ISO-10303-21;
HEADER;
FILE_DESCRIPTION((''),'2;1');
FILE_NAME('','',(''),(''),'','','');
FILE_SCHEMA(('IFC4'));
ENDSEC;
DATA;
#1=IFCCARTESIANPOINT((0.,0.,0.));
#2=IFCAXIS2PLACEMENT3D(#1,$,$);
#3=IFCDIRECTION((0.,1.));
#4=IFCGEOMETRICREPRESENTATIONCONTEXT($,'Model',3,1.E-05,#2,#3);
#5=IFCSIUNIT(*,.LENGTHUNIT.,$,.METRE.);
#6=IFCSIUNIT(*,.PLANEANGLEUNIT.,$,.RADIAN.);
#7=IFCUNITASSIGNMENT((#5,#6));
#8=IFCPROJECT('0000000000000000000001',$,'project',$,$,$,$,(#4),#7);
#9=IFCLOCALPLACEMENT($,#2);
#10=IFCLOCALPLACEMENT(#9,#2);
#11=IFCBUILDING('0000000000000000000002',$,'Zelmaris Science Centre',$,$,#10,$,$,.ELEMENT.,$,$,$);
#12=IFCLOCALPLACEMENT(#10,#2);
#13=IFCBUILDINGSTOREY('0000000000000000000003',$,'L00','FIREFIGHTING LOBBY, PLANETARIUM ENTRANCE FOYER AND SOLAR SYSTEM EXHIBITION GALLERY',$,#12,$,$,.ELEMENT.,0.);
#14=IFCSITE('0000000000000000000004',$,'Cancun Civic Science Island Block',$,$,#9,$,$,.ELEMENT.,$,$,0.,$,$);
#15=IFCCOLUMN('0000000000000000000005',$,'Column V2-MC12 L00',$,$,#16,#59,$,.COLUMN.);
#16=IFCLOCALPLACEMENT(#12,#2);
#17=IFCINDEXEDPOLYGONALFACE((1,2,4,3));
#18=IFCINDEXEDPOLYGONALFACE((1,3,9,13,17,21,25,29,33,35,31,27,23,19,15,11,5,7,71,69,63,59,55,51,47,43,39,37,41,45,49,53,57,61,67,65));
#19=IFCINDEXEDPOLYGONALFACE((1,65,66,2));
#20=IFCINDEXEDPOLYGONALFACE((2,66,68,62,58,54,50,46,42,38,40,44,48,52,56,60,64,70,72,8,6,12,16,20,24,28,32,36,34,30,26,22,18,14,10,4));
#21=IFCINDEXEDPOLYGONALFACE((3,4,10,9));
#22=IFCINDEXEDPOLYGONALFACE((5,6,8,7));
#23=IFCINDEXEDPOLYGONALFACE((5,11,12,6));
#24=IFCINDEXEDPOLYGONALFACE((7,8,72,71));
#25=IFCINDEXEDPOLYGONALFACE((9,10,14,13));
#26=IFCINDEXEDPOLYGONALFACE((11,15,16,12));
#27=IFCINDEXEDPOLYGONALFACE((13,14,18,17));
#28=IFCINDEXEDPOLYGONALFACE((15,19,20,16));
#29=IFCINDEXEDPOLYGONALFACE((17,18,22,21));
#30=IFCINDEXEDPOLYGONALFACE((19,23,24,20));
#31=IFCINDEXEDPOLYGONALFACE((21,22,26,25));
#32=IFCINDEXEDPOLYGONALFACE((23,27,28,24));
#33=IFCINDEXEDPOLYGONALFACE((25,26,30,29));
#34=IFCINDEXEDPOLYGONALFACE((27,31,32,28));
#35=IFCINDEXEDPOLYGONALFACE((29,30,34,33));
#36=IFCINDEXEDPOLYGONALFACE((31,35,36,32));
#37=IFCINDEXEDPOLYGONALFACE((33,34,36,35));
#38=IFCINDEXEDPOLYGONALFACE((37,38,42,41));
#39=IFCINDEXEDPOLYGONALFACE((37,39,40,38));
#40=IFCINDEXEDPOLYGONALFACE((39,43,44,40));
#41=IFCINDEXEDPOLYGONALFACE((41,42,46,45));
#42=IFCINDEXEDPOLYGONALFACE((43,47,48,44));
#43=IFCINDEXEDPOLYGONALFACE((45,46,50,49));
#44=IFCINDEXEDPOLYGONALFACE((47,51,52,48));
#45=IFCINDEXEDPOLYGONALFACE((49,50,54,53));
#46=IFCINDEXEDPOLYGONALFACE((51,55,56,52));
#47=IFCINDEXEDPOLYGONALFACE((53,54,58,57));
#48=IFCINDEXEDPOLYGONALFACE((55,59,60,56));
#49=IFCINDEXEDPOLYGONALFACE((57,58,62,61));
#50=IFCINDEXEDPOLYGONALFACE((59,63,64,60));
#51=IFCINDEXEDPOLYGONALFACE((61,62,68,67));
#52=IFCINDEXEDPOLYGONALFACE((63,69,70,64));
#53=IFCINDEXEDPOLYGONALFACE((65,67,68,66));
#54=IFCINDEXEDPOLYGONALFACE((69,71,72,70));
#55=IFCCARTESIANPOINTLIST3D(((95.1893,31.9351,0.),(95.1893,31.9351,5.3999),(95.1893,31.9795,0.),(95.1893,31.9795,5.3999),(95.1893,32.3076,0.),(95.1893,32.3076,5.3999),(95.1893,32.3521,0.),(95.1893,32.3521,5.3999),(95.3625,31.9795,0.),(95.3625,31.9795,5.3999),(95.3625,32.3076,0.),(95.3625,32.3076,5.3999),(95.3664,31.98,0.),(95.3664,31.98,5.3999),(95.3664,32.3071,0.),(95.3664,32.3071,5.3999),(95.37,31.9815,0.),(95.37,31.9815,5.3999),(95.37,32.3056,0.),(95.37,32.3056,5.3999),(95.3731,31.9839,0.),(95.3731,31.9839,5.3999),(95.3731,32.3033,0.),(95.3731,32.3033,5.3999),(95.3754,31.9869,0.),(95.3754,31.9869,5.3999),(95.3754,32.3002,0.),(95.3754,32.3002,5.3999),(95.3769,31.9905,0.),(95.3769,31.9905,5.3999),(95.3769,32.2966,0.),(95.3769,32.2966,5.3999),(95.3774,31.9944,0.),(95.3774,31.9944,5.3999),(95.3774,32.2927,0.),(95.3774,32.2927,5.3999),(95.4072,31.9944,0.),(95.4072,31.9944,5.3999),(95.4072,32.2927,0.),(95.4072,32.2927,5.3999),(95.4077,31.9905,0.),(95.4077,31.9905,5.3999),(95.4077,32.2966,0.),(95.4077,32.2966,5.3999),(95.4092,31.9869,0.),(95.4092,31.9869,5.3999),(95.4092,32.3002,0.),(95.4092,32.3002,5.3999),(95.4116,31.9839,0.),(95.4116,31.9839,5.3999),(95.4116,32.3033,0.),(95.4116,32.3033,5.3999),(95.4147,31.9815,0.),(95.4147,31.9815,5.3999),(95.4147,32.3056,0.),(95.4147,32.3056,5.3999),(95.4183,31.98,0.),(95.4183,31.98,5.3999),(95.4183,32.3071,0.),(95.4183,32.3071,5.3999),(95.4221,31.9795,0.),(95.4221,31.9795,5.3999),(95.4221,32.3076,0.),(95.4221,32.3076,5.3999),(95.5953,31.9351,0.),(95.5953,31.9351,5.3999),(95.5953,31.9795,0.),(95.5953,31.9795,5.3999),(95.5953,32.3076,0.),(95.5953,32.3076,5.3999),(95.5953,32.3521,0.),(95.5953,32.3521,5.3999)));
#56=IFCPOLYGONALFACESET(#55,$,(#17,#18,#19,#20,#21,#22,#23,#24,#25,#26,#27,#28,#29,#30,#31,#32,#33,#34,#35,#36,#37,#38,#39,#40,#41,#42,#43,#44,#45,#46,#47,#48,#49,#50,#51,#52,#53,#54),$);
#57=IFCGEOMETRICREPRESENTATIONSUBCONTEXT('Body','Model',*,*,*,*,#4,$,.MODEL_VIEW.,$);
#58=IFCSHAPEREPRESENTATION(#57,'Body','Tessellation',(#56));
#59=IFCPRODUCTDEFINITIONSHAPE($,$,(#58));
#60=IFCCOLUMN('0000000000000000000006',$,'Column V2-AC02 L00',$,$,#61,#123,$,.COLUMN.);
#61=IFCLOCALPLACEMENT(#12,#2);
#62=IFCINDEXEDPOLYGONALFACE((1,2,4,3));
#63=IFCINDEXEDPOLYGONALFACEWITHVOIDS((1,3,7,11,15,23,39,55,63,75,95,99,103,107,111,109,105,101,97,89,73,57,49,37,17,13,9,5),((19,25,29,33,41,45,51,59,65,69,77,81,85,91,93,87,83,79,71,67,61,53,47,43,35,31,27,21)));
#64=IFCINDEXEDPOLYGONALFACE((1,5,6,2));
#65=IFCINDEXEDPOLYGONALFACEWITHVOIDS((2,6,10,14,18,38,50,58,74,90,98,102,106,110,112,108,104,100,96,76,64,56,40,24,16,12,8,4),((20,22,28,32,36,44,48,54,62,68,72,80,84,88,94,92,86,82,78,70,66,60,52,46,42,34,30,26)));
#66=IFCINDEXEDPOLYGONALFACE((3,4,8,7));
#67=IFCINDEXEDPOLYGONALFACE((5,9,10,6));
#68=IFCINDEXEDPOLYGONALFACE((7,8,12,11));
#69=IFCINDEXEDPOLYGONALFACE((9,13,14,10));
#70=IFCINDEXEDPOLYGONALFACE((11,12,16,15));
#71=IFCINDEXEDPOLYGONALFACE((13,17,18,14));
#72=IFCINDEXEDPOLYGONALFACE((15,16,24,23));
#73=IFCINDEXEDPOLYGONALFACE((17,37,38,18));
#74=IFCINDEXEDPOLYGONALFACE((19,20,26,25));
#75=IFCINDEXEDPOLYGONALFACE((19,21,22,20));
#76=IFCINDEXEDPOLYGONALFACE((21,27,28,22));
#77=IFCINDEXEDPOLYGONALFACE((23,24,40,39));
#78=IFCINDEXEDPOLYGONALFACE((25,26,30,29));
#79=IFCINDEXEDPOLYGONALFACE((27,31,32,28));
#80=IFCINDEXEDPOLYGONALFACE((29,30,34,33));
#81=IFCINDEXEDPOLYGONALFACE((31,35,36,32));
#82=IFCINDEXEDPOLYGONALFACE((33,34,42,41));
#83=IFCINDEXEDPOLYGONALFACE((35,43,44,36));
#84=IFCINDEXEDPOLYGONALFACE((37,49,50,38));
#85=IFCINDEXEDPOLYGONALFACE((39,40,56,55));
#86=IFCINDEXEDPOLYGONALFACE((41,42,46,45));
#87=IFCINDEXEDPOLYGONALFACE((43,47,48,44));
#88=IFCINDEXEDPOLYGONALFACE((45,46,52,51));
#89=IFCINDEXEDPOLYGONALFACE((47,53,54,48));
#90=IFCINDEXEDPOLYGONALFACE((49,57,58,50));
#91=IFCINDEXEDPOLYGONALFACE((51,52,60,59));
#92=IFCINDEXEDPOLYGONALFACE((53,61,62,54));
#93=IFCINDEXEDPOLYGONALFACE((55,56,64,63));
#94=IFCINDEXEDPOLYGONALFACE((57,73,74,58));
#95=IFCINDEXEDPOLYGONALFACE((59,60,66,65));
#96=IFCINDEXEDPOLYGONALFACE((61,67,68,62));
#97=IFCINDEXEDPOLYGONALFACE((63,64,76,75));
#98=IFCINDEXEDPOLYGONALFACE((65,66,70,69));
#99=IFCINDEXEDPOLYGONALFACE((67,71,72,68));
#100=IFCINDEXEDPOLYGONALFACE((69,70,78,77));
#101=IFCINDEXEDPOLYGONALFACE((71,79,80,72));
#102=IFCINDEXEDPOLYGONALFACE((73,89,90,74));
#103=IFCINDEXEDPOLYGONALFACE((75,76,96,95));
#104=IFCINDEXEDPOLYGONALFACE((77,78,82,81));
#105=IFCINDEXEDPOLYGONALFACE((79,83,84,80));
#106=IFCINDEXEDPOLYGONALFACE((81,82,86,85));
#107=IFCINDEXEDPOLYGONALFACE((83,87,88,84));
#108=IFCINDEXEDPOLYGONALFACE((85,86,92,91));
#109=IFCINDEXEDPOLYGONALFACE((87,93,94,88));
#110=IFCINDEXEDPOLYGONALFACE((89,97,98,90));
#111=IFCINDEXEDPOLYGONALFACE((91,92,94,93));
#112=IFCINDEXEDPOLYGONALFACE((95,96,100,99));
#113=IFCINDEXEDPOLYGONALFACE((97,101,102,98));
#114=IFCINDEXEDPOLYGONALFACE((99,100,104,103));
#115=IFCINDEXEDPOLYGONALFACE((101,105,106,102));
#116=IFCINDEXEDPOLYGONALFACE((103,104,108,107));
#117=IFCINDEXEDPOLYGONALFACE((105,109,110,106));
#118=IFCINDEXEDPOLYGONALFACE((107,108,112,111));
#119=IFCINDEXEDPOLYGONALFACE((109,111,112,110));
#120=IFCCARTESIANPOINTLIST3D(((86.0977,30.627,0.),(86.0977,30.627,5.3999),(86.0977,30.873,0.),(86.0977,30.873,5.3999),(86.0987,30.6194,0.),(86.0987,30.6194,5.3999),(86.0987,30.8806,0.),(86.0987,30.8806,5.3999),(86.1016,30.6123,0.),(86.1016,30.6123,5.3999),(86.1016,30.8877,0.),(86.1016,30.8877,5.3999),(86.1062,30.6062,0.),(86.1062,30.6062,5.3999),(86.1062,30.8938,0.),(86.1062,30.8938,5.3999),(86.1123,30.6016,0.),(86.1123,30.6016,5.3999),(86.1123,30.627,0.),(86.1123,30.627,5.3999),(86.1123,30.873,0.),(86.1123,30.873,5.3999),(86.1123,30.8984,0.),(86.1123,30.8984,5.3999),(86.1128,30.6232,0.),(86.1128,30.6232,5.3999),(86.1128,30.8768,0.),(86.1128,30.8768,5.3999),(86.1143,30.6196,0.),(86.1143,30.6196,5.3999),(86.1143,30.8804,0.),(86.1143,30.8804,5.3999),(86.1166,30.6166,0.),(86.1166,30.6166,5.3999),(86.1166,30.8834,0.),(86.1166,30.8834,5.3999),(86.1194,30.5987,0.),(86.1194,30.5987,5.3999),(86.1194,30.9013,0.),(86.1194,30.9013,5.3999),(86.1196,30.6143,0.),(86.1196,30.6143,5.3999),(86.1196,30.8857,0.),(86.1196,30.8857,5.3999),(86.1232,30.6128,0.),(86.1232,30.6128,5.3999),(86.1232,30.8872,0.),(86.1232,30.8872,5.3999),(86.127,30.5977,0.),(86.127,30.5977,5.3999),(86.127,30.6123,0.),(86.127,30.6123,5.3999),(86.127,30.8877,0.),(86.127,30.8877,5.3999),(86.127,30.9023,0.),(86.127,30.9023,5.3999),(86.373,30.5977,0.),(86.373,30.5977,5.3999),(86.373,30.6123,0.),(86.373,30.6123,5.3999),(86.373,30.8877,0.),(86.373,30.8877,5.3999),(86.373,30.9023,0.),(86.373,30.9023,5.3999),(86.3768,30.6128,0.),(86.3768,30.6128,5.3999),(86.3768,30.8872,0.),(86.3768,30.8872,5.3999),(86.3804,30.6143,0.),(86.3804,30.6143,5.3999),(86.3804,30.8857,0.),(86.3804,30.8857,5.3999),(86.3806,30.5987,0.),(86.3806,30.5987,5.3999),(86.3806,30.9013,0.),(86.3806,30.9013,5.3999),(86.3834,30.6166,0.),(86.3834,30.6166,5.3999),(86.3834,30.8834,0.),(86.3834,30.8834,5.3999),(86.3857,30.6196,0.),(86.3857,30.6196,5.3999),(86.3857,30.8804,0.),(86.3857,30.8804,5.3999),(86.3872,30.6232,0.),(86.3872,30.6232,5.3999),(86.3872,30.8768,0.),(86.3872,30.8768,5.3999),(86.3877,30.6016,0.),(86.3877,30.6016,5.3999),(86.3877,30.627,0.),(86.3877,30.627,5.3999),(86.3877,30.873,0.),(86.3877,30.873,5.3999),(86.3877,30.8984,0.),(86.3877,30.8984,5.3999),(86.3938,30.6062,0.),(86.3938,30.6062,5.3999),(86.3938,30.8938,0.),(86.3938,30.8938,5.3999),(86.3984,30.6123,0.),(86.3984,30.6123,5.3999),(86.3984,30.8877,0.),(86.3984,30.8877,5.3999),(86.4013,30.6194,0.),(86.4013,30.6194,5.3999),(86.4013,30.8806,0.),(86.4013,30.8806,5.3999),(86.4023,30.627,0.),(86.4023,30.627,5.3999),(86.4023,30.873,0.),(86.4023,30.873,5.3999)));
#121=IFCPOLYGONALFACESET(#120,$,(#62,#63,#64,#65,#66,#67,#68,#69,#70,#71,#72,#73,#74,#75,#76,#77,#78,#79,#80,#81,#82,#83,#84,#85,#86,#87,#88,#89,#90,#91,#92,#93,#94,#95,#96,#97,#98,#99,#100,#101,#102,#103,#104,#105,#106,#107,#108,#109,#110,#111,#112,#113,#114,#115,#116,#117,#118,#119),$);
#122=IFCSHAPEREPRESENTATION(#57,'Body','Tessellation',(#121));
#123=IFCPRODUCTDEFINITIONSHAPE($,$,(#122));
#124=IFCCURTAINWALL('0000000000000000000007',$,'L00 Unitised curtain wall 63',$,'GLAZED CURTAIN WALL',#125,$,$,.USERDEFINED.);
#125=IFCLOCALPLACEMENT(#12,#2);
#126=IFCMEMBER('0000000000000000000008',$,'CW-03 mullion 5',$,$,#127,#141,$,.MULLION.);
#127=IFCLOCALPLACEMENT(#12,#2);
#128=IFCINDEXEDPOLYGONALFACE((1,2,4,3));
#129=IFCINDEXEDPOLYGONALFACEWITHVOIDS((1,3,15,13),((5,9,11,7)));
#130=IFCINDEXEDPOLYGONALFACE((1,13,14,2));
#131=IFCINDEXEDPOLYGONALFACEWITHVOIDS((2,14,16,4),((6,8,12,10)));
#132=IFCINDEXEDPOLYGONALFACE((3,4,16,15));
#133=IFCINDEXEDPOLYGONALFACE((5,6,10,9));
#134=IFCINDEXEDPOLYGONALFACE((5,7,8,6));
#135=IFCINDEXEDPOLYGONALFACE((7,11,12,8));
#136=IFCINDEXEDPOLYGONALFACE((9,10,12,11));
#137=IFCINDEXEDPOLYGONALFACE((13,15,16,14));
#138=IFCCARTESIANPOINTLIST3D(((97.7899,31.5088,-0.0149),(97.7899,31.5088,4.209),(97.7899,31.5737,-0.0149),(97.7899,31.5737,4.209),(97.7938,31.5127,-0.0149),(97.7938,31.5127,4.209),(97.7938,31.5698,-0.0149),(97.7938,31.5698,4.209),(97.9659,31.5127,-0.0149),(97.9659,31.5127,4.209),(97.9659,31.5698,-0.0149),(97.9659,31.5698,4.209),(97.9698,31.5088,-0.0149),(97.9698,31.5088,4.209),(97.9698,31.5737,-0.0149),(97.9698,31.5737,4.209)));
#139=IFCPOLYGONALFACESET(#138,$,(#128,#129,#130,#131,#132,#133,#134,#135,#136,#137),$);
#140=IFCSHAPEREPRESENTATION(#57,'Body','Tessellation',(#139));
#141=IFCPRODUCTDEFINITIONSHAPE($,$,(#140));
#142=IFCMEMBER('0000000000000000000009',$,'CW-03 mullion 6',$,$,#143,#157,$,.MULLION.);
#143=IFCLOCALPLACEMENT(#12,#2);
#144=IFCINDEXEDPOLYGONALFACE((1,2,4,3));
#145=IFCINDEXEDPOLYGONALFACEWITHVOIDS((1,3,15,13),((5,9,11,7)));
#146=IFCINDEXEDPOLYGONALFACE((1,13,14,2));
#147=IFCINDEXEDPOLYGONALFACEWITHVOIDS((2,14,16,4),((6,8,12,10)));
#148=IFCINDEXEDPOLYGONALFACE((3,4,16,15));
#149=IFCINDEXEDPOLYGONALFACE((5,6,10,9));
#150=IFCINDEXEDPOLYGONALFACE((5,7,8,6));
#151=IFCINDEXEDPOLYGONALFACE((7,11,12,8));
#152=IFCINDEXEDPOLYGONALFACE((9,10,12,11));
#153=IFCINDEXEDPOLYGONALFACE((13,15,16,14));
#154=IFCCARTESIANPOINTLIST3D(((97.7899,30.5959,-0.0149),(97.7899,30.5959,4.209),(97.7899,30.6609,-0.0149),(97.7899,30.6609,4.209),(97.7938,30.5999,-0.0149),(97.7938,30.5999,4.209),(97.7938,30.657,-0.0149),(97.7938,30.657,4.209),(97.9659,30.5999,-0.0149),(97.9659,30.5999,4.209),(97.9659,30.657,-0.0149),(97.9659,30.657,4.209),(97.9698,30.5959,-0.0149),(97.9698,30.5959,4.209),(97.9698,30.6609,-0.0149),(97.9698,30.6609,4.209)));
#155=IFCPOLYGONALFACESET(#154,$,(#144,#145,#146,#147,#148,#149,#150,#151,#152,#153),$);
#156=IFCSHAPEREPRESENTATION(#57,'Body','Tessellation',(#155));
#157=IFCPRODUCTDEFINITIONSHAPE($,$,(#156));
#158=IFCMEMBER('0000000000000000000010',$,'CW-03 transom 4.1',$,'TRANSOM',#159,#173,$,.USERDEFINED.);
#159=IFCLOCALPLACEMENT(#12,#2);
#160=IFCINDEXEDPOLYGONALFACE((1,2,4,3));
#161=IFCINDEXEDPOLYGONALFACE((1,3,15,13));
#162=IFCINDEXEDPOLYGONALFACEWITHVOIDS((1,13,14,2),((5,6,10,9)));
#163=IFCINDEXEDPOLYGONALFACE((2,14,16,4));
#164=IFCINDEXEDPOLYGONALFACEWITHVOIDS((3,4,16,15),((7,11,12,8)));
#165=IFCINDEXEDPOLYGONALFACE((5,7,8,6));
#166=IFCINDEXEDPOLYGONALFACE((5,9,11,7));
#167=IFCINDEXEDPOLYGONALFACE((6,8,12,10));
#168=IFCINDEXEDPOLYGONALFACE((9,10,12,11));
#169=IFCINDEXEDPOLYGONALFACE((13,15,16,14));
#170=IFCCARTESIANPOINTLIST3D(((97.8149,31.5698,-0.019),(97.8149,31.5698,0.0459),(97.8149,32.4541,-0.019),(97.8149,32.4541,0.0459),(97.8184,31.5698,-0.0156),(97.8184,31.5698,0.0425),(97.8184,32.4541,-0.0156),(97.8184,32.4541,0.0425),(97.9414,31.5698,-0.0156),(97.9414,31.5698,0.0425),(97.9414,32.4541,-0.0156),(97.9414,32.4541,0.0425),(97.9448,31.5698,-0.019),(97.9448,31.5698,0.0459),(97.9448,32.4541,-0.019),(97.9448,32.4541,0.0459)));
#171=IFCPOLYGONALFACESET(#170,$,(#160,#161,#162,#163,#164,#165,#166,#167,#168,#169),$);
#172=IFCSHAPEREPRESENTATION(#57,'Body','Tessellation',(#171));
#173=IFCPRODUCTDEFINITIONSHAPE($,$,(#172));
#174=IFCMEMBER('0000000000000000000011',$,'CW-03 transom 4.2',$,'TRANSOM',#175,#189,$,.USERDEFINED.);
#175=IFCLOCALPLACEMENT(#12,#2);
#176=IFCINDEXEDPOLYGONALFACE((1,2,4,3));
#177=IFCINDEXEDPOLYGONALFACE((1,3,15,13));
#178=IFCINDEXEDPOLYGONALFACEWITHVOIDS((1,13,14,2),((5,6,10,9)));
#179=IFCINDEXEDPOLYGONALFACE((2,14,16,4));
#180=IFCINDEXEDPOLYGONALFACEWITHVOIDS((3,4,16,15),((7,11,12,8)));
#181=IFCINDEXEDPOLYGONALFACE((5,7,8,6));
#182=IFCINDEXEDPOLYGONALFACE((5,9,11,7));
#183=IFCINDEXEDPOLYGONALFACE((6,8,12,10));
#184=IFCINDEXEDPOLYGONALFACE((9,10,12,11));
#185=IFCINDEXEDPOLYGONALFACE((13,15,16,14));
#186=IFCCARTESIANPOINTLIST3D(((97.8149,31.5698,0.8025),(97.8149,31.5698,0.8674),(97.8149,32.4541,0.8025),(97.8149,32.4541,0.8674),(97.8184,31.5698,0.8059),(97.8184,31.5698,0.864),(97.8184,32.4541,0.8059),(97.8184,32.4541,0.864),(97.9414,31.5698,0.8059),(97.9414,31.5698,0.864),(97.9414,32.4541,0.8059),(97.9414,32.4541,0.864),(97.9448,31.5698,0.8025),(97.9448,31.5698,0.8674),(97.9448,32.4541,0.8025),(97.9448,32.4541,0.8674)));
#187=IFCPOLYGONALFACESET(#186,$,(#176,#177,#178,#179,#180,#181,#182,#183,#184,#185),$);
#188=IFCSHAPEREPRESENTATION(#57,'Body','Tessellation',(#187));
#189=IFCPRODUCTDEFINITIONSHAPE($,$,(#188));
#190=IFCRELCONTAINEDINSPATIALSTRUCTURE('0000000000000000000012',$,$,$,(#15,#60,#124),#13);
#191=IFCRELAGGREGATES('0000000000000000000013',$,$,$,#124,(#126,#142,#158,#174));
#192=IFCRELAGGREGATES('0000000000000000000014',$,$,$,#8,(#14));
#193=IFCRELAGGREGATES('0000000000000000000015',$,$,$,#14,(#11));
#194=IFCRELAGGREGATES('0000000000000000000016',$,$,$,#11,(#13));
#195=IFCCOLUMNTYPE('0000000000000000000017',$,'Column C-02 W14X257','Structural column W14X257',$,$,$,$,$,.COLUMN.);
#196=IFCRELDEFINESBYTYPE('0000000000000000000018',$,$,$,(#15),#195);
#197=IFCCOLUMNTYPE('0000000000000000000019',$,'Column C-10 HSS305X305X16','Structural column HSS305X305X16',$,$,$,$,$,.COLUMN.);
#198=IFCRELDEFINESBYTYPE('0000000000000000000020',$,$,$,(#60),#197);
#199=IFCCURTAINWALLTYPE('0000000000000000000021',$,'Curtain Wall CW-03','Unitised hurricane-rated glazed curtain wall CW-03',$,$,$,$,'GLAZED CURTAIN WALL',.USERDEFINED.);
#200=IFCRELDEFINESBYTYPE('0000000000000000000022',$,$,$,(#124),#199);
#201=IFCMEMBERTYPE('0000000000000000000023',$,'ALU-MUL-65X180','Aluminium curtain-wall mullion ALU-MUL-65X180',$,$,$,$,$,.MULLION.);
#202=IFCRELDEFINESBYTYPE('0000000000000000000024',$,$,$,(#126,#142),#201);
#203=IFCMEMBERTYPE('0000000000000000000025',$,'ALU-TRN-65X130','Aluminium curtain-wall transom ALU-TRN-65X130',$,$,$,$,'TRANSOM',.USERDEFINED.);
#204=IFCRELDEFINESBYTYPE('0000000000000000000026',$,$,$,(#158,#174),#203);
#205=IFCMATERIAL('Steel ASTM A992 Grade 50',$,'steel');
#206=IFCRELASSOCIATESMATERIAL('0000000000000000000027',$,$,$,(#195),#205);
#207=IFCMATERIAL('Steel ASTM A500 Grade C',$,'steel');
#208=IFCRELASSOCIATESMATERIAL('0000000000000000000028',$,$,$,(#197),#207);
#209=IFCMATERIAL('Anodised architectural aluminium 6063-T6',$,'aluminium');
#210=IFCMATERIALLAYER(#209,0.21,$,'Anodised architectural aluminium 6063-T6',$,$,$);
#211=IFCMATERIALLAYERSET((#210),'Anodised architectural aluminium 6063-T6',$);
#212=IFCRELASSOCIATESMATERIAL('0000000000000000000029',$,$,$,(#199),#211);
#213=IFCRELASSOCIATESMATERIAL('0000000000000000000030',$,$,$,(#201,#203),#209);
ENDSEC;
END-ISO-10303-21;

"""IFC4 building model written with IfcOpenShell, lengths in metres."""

from ifc_helpers import new_model, si_unit, direction, frame, origin, origin_2d, place, context, subcontext, project, spatial, hollow_rectangle, i_section, extrude, material, layer, layer_set, material_profile, profile_set, type_object, element, aggregate, save


model = new_model("IFC4")

# Units and contexts
model_context = context("Model", 3, precision=1e-05, world=origin(), true_north=direction((0.0, 1.0)))
body_context = subcontext(model_context, "Body", "Model", "MODEL_VIEW")
ifc_project = project(units=[si_unit("LENGTHUNIT", "METRE"), si_unit("PLANEANGLEUNIT", "RADIAN")], contexts=[model_context])

# Site, building, storey
site_placement = place(None, origin())
site = spatial("IfcSite", under=ifc_project, at=site_placement, Name="Cancun Civic Science Island Block", CompositionType="ELEMENT", RefElevation=0.0)
building_placement = place(site_placement, origin())
building = spatial("IfcBuilding", under=site, at=building_placement, Name="Zelmaris Science Centre", CompositionType="ELEMENT")
storey_placement = place(building_placement, origin())
storey = spatial("IfcBuildingStorey", under=building, at=storey_placement, Name="L00", Description="FIREFIGHTING LOBBY, PLANETARIUM ENTRANCE FOYER AND SOLAR SYSTEM EXHIBITION GALLERY", CompositionType="ELEMENT", Elevation=0.0)

# Columns
ifc_material_1 = material(Name="Steel ASTM A992 Grade 50", Category="steel")
ifc_material_profile_1 = material_profile(ifc_material_1, i_section(OverallWidth=0.406, OverallDepth=0.417, WebThickness=0.0298, FlangeThickness=0.0444, FilletRadius=0.0149, at=origin_2d()), Name="W14X257")
ifc_profile_set_1 = profile_set([ifc_material_profile_1], Name="Steel ASTM A992 Grade 50")
column_type_1 = type_object("IfcColumnType", Name="Column C-02 W14X257", Description="Structural column W14X257", PredefinedType="COLUMN", material=ifc_profile_set_1)
column_1_placement = place(storey_placement, frame((95.3923, 32.1436, 0.0), z_axis=(0.0, 0.0, 1.0), x_axis=(1.0, 0.0, 0.0)))
element("IfcColumn", 1, at=column_1_placement, inside=storey, type_object=column_type_1, Name="Column V2-MC12 L00", PredefinedType="COLUMN", context=body_context, shape_type="SweptSolid", body=[
    extrude(i_section(OverallWidth=0.406, OverallDepth=0.417, WebThickness=0.0298, FlangeThickness=0.0444, FilletRadius=0.0149, at=origin_2d()), origin(), (0.0, 0.0, 1.0), 5.3999),
])
ifc_material_2 = material(Name="Steel ASTM A500 Grade C", Category="steel")
ifc_material_profile_2 = material_profile(ifc_material_2, hollow_rectangle(XDim=0.3047, YDim=0.3047, WallThickness=0.0146, InnerFilletRadius=0.0146, OuterFilletRadius=0.0293, at=origin_2d()), Name="HSS305X305X16")
ifc_profile_set_2 = profile_set([ifc_material_profile_2], Name="Steel ASTM A500 Grade C")
column_type_2 = type_object("IfcColumnType", Name="Column C-10 HSS305X305X16", Description="Structural column HSS305X305X16", PredefinedType="COLUMN", material=ifc_profile_set_2)
column_2_placement = place(storey_placement, frame((86.25, 30.75, 0.0), z_axis=(0.0, 0.0, 1.0), x_axis=(1.0, 0.0, 0.0)))
element("IfcColumn", 2, at=column_2_placement, inside=storey, type_object=column_type_2, Name="Column V2-AC02 L00", PredefinedType="COLUMN", context=body_context, shape_type="SweptSolid", body=[
    extrude(hollow_rectangle(XDim=0.3047, YDim=0.3047, WallThickness=0.0146, InnerFilletRadius=0.0146, OuterFilletRadius=0.0293, at=origin_2d()), origin(), (0.0, 0.0, 1.0), 5.3999),
])

# Curtain wall, members
ifc_material_3 = material(Name="Anodised architectural aluminium 6063-T6", Category="aluminium")
ifc_layer_1 = layer(ifc_material_3, 0.21, Name="Anodised architectural aluminium 6063-T6")
ifc_layer_set_1 = layer_set([ifc_layer_1], Name="Anodised architectural aluminium 6063-T6")
curtain_wall_type = type_object("IfcCurtainWallType", Name="Curtain Wall CW-03", Description="Unitised hurricane-rated glazed curtain wall CW-03", ElementType="GLAZED CURTAIN WALL", PredefinedType="USERDEFINED", material=ifc_layer_set_1)
curtain_wall_placement = place(storey_placement, origin())
curtain_wall = element("IfcCurtainWall", 3, at=curtain_wall_placement, inside=storey, type_object=curtain_wall_type, Name="L00 Unitised curtain wall 63", ObjectType="GLAZED CURTAIN WALL", PredefinedType="USERDEFINED")
ifc_material_profile_3 = material_profile(ifc_material_3, hollow_rectangle(XDim=0.0649, YDim=0.1799, WallThickness=0.0039, at=origin_2d()), Name="ALU-MUL-65X180")
ifc_profile_set_3 = profile_set([ifc_material_profile_3], Name="Anodised architectural aluminium 6063-T6")
member_type_1 = type_object("IfcMemberType", Name="ALU-MUL-65X180", Description="Aluminium curtain-wall mullion ALU-MUL-65X180", PredefinedType="MULLION", material=ifc_profile_set_3)
member_1_placement = place(storey_placement, frame((97.8799, 31.5413, -0.0149), z_axis=(0.0, 0.0, 1.0), x_axis=(0.000005, -1.0, 0.0)))
member_1 = element("IfcMember", 4, at=member_1_placement, type_object=member_type_1, Name="CW-03 mullion 5", PredefinedType="MULLION", context=body_context, shape_type="SweptSolid", body=[
    extrude(hollow_rectangle(XDim=0.0649, YDim=0.1799, WallThickness=0.0039, at=origin_2d()), origin(), (0.0, 0.0, 1.0), 4.2239),
])
member_2_placement = place(storey_placement, frame((97.8799, 30.6284, -0.0149), z_axis=(0.0, 0.0, 1.0), x_axis=(0.000005, -1.0, 0.0)))
member_2 = element("IfcMember", 5, at=member_2_placement, type_object=member_type_1, Name="CW-03 mullion 6", PredefinedType="MULLION", context=body_context, shape_type="SweptSolid", body=[
    extrude(hollow_rectangle(XDim=0.0649, YDim=0.1799, WallThickness=0.0039, at=origin_2d()), origin(), (0.0, 0.0, 1.0), 4.2239),
])
ifc_material_profile_4 = material_profile(ifc_material_3, hollow_rectangle(XDim=0.0649, YDim=0.1299, WallThickness=0.0034, at=origin_2d()), Name="ALU-TRN-65X130")
ifc_profile_set_4 = profile_set([ifc_material_profile_4], Name="Anodised architectural aluminium 6063-T6")
member_type_2 = type_object("IfcMemberType", Name="ALU-TRN-65X130", Description="Aluminium curtain-wall transom ALU-TRN-65X130", ElementType="TRANSOM", PredefinedType="USERDEFINED", material=ifc_profile_set_4)
member_3_placement = place(storey_placement, frame((97.8799, 32.4541, 0.0134), z_axis=(0.0, -1.0, 0.0), x_axis=(0.0, 0.0, 1.0)))
member_3 = element("IfcMember", 6, at=member_3_placement, type_object=member_type_2, Name="CW-03 transom 4.1", ObjectType="TRANSOM", PredefinedType="USERDEFINED", context=body_context, shape_type="SweptSolid", body=[
    extrude(hollow_rectangle(XDim=0.0649, YDim=0.1299, WallThickness=0.0034, at=origin_2d()), origin(), (0.0, 0.0, 1.0), 0.8843),
])
member_4_placement = place(storey_placement, frame((97.8799, 32.4541, 0.835), z_axis=(0.0, -1.0, 0.0), x_axis=(0.0, 0.0, 1.0)))
member_4 = element("IfcMember", 7, at=member_4_placement, type_object=member_type_2, Name="CW-03 transom 4.2", ObjectType="TRANSOM", PredefinedType="USERDEFINED", context=body_context, shape_type="SweptSolid", body=[
    extrude(hollow_rectangle(XDim=0.0649, YDim=0.1299, WallThickness=0.0034, at=origin_2d()), origin(), (0.0, 0.0, 1.0), 0.8843),
])

aggregate(curtain_wall, [member_1, member_2, member_3, member_4])

save(model, "model.ifc")
